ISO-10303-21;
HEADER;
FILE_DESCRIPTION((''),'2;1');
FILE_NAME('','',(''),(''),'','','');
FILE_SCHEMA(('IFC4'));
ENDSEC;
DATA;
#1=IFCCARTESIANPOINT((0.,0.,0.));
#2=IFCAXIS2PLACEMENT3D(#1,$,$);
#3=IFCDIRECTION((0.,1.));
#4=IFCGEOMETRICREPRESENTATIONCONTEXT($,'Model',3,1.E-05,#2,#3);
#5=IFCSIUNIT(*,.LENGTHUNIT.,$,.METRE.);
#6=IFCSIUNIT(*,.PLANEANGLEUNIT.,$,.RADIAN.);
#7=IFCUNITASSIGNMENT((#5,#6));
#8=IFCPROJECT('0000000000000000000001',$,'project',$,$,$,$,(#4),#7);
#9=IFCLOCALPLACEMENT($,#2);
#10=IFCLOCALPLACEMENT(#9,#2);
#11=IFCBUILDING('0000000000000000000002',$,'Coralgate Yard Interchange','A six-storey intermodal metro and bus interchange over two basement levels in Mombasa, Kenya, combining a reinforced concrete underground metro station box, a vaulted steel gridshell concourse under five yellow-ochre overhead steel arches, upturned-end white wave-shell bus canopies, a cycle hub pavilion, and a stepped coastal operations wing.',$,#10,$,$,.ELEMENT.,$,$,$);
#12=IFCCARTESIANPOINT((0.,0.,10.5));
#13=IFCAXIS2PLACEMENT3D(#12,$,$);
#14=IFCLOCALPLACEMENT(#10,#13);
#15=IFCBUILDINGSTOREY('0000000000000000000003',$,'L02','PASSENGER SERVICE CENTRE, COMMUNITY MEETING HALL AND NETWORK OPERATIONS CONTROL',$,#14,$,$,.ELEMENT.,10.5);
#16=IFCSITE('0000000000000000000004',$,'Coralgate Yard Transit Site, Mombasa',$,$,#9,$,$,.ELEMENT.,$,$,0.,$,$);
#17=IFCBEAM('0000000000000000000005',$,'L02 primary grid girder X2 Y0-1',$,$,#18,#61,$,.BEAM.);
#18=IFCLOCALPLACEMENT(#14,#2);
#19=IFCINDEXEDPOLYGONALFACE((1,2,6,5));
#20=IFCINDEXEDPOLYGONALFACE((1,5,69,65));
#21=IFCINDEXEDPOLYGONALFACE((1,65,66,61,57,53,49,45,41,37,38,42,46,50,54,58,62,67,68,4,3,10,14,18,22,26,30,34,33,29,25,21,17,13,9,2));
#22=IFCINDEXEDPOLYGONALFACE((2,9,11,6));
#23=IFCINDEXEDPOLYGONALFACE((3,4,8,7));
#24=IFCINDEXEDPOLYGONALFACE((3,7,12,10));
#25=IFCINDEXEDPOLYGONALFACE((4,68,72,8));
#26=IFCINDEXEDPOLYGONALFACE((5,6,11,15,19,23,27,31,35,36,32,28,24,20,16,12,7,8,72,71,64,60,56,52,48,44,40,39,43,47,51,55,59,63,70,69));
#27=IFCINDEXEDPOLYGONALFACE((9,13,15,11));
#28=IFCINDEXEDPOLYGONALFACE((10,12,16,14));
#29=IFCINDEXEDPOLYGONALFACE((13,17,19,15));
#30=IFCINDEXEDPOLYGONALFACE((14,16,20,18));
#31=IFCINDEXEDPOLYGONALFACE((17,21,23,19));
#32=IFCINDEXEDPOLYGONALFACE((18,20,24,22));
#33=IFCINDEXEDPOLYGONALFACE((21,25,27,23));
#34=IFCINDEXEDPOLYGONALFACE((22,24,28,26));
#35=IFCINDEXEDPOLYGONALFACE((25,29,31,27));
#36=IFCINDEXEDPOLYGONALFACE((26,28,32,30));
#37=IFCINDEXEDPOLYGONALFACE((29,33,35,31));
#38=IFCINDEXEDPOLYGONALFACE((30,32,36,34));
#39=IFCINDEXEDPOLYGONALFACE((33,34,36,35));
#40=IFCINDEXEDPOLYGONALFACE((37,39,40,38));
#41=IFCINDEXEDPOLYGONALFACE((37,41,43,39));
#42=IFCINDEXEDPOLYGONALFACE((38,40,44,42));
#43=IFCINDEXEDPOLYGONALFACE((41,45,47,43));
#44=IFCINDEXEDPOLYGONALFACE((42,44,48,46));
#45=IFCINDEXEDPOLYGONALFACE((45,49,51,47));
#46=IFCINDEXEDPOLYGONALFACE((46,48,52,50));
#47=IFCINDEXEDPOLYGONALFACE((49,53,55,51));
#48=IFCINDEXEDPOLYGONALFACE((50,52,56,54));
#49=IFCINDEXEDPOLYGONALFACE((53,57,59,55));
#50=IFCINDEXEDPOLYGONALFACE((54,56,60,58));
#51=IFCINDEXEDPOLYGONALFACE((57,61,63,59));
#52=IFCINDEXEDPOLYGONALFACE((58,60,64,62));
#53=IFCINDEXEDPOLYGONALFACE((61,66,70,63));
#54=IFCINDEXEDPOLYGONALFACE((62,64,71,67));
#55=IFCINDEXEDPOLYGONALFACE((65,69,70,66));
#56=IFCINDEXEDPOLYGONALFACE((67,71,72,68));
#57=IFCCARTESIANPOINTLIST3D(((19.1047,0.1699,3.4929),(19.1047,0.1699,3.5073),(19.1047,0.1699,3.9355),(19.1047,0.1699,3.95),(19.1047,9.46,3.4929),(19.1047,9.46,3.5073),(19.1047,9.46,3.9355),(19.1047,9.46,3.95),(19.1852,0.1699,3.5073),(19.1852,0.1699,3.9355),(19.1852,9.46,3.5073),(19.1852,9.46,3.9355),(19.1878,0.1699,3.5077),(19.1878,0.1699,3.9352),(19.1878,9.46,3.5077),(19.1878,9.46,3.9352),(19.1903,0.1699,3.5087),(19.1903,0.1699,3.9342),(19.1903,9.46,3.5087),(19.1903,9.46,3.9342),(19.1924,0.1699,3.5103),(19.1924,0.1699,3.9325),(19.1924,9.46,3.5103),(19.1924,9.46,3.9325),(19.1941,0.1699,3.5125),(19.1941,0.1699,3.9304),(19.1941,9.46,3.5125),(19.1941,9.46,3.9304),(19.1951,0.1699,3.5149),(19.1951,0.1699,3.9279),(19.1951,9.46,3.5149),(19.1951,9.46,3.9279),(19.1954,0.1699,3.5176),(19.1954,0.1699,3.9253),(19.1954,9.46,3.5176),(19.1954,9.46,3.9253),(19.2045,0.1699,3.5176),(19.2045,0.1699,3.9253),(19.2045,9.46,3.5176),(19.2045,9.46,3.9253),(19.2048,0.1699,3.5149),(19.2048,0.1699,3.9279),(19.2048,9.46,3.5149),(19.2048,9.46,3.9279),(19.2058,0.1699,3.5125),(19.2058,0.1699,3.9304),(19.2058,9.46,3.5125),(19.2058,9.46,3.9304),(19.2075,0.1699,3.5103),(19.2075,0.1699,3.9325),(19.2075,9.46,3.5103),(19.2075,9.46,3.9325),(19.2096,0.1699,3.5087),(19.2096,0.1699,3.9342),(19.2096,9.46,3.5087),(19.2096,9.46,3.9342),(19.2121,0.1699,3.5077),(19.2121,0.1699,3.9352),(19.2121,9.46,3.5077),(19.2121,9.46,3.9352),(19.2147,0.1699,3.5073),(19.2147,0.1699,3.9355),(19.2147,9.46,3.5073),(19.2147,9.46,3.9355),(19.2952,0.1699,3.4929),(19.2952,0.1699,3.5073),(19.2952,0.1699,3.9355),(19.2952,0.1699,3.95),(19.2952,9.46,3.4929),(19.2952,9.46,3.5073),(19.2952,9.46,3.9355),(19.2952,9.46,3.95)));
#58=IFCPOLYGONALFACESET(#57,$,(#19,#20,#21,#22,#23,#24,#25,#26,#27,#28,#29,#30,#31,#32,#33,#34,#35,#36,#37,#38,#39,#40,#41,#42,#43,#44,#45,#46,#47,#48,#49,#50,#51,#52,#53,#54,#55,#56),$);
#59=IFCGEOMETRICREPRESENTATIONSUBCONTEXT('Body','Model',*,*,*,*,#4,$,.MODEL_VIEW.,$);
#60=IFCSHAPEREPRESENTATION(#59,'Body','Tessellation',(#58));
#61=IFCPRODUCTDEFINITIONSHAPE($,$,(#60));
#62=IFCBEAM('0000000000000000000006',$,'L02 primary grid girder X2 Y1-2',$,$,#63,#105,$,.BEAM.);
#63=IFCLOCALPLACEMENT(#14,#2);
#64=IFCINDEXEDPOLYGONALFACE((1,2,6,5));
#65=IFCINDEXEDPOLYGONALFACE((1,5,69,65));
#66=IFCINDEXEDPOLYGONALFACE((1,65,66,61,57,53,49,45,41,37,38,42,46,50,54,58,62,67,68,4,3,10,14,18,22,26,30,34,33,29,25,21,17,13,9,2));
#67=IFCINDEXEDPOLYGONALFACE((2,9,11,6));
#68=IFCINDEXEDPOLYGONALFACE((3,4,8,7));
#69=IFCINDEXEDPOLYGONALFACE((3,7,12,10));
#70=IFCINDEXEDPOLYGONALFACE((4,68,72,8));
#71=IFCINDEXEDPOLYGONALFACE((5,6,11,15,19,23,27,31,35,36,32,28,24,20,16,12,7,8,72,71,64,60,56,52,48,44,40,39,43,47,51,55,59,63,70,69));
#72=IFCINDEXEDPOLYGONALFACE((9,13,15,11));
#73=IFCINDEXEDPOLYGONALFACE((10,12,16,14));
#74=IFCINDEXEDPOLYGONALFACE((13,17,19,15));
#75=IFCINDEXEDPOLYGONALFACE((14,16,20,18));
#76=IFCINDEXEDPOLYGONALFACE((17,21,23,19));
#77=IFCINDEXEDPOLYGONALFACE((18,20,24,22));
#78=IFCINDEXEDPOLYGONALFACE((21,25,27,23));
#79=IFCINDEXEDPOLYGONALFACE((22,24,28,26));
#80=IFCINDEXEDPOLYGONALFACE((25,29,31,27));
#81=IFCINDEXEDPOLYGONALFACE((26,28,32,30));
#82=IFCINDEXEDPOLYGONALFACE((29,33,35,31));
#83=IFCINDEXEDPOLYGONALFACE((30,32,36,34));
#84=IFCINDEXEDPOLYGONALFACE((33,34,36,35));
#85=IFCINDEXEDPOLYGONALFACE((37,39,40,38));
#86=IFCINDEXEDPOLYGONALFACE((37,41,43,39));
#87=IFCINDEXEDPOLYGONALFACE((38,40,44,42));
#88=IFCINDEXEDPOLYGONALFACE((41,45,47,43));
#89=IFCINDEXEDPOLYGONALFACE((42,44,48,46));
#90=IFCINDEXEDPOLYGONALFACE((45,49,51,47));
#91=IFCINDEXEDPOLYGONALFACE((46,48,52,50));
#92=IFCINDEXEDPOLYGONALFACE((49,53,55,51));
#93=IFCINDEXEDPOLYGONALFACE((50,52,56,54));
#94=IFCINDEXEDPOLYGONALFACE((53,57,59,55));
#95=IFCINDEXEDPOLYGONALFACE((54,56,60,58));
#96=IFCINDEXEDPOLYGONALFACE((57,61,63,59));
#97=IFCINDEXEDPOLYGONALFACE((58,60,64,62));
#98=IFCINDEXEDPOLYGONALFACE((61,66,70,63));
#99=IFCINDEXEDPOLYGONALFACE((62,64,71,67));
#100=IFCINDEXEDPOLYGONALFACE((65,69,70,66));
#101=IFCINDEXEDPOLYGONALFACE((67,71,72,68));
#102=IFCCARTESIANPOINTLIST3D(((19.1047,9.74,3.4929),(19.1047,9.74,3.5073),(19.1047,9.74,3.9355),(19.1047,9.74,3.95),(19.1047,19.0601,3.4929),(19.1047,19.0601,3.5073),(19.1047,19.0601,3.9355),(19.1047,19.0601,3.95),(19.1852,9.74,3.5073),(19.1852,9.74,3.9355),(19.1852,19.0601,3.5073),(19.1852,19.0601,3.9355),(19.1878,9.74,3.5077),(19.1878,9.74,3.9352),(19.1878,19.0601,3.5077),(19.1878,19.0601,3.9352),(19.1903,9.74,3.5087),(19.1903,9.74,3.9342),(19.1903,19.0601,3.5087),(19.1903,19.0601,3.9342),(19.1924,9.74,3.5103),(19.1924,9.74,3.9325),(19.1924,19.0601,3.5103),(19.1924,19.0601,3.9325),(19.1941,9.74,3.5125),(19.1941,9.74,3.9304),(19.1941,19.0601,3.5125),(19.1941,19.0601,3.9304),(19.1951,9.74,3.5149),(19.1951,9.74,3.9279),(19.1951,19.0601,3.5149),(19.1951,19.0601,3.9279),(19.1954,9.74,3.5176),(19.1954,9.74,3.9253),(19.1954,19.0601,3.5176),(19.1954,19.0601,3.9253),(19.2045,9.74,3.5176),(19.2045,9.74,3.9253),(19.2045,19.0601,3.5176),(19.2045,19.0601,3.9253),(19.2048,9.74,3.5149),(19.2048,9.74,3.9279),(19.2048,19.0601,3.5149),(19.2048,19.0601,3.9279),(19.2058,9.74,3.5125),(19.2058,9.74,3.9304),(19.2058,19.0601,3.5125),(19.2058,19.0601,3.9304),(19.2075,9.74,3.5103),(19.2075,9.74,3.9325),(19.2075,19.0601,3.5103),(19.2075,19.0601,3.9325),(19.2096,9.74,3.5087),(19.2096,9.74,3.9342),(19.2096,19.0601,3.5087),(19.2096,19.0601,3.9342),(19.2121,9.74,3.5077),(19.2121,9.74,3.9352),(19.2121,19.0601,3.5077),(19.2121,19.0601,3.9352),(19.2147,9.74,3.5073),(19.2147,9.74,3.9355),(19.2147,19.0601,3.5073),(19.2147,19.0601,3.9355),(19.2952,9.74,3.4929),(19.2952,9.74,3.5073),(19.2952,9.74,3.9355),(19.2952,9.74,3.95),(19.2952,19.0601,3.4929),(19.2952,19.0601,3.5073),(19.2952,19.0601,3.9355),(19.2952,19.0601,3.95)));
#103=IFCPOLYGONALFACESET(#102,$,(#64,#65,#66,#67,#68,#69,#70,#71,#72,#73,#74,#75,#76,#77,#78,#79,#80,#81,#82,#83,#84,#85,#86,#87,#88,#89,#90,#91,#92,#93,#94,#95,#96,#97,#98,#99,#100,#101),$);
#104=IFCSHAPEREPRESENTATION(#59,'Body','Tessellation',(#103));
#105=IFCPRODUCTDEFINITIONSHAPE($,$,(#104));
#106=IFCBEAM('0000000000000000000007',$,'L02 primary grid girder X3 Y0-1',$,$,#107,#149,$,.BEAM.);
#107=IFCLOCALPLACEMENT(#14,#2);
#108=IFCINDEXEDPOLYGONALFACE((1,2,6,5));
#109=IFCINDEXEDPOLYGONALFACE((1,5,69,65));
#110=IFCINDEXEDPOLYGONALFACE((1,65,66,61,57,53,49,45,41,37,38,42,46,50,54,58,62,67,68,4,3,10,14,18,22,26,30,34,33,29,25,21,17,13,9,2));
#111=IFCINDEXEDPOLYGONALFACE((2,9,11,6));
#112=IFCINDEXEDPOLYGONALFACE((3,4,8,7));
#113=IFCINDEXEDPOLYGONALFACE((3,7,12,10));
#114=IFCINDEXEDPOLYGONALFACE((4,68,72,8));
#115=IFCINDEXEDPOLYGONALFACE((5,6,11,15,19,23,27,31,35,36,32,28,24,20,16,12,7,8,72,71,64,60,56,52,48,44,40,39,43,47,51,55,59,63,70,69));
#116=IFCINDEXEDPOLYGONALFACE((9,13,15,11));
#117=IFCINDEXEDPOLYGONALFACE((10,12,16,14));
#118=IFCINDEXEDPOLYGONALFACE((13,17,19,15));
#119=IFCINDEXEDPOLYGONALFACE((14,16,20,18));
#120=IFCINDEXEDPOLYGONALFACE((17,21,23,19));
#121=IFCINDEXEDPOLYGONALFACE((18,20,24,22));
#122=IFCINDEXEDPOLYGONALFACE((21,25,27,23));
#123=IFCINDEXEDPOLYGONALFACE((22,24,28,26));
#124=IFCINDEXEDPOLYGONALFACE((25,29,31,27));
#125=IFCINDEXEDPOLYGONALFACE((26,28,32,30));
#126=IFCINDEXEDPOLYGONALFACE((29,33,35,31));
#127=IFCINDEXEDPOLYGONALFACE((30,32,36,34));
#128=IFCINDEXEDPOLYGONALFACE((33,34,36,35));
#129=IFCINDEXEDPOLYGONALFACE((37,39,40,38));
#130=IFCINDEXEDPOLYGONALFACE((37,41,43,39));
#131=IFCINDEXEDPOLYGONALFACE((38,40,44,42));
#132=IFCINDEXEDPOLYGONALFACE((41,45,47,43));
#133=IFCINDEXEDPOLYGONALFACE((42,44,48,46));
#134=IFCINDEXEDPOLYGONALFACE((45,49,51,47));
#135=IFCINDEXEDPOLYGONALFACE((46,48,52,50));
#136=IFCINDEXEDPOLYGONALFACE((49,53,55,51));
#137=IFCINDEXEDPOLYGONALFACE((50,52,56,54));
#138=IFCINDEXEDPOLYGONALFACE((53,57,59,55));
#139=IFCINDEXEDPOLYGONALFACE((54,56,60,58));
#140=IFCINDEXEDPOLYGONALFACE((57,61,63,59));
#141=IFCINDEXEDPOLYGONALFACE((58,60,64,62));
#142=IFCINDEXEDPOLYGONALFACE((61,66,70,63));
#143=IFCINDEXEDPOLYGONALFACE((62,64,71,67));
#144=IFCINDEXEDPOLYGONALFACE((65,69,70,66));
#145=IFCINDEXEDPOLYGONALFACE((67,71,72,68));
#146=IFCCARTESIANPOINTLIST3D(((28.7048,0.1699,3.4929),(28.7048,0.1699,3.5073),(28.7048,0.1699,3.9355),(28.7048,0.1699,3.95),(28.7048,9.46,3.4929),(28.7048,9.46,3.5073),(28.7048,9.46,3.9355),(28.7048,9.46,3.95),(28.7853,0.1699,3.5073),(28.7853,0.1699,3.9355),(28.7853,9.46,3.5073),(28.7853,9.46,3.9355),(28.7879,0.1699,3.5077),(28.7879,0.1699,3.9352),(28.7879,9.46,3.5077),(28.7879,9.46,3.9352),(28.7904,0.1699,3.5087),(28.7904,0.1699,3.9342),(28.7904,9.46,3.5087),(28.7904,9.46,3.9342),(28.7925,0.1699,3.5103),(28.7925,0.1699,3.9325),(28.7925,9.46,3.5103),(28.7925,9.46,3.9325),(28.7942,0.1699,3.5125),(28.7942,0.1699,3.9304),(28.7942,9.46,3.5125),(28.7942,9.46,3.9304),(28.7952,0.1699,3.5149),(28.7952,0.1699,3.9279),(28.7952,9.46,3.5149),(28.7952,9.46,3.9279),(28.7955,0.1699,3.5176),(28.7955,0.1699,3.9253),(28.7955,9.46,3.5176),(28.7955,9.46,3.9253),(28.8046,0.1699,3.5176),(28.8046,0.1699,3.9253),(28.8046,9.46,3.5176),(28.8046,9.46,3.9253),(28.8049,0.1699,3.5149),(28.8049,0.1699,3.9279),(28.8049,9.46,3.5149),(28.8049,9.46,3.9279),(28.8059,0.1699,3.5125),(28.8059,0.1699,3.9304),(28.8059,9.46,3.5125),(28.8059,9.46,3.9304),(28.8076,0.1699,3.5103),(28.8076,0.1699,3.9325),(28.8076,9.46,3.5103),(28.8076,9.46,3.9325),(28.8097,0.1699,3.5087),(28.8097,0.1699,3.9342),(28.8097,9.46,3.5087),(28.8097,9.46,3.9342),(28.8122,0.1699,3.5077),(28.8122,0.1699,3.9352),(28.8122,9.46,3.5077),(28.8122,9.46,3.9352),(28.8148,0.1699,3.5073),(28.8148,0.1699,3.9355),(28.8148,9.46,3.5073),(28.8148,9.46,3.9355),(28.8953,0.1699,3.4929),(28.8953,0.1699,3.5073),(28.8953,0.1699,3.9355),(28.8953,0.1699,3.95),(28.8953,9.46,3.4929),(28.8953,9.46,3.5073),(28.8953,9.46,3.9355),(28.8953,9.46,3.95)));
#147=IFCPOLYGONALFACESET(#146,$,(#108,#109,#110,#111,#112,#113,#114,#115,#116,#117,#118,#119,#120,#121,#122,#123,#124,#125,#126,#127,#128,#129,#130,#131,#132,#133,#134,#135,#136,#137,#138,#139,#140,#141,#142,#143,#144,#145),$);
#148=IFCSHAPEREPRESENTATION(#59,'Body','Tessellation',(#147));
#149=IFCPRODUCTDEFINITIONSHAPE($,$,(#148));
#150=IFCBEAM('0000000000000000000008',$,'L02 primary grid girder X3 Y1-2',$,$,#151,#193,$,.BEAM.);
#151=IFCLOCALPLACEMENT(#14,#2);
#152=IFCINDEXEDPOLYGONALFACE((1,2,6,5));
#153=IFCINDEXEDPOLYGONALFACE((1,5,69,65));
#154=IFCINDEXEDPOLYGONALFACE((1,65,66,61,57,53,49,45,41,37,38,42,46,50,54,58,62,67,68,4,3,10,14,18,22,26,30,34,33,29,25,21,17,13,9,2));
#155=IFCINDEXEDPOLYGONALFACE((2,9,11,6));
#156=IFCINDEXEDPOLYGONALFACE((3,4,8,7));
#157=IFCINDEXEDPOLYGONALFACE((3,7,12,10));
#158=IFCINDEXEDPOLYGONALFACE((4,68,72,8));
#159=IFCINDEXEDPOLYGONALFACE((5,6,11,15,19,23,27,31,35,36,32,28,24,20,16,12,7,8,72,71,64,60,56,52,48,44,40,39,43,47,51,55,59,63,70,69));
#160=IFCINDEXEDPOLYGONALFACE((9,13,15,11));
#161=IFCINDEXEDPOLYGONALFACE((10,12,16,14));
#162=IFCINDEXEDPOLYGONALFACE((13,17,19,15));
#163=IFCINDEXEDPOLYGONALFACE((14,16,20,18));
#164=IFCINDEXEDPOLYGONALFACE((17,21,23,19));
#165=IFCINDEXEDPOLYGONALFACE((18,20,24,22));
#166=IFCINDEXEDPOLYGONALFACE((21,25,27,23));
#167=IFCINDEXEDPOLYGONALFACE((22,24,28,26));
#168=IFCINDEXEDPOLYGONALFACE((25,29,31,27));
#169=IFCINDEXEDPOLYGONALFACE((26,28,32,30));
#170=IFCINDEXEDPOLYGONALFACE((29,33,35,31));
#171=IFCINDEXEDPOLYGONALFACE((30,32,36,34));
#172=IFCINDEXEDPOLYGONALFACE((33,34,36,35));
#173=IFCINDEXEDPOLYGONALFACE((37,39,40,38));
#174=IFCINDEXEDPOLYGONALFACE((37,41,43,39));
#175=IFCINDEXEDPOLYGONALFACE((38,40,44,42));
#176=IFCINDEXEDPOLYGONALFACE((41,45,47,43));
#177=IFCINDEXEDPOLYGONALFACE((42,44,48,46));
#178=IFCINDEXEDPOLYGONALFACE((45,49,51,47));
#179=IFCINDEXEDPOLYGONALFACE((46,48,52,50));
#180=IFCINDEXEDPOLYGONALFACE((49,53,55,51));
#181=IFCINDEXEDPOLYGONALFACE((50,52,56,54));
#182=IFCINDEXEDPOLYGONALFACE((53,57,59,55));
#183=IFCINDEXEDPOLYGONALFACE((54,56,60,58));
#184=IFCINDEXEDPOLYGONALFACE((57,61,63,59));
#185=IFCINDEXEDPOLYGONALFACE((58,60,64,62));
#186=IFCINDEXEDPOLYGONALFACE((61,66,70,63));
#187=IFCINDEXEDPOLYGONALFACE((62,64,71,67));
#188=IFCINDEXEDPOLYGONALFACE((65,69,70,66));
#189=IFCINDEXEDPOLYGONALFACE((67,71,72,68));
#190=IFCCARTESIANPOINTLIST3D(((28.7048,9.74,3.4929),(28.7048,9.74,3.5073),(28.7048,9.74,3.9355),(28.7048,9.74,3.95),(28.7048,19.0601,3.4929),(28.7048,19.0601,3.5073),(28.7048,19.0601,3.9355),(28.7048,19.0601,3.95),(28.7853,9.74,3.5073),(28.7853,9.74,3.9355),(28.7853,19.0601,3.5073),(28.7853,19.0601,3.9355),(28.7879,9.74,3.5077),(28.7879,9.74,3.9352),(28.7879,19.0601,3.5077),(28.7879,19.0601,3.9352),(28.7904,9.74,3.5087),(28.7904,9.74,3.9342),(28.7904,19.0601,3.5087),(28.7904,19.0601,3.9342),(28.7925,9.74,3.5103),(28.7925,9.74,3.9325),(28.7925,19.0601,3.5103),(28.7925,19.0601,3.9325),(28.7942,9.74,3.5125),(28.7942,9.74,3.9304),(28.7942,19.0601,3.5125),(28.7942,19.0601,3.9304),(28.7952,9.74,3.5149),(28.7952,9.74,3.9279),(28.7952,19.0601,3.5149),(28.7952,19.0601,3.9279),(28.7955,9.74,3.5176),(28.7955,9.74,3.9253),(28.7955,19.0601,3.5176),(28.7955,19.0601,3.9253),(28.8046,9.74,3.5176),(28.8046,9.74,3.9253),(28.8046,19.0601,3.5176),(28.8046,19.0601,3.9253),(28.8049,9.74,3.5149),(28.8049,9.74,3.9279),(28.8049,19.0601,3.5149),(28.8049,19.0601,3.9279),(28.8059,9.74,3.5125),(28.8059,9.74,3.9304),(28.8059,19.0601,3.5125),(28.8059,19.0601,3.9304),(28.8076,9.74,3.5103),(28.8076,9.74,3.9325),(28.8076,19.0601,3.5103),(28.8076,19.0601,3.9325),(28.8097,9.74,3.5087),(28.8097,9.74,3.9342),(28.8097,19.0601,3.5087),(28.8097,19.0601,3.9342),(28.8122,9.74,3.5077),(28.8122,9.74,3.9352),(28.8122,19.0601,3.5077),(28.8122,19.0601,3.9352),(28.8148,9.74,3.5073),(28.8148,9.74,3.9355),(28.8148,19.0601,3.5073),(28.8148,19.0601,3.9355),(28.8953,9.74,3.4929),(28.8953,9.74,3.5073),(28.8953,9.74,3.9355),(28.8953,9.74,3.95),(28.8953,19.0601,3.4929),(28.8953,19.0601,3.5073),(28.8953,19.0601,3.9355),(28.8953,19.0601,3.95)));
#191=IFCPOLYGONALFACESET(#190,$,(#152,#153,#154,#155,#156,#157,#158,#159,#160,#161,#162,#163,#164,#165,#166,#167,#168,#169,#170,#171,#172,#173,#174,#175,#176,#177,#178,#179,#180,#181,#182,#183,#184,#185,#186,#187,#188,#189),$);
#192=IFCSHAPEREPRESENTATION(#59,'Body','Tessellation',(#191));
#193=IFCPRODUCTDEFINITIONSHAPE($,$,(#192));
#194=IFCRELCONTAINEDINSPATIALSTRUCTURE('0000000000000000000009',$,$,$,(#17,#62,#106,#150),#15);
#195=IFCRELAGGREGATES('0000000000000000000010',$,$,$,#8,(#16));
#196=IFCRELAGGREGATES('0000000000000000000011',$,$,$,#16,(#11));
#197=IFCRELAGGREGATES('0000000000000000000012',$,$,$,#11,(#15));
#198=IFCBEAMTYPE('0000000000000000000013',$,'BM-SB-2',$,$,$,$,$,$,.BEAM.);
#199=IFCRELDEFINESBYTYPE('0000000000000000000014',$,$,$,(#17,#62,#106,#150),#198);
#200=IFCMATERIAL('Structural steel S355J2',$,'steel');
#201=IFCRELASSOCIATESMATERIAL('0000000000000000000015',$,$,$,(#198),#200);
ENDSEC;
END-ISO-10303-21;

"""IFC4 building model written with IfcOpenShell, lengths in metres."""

from ifc_helpers import new_model, si_unit, direction, frame, origin, origin_2d, place, context, subcontext, project, spatial, i_section, extrude, material, material_profile, profile_set, type_object, element, save


model = new_model("IFC4")

# Units and contexts
model_context = context("Model", 3, precision=1e-05, world=origin(), true_north=direction((0.0, 1.0)))
body_context = subcontext(model_context, "Body", "Model", "MODEL_VIEW")
ifc_project = project(units=[si_unit("LENGTHUNIT", "METRE"), si_unit("PLANEANGLEUNIT", "RADIAN")], contexts=[model_context])

# Site, building, storey
site_placement = place(None, origin())
site = spatial("IfcSite", under=ifc_project, at=site_placement, Name="Coralgate Yard Transit Site, Mombasa", CompositionType="ELEMENT", RefElevation=0.0)
building_placement = place(site_placement, origin())
building = spatial("IfcBuilding", under=site, at=building_placement, Name="Coralgate Yard Interchange", Description="A six-storey intermodal metro and bus interchange over two basement levels in Mombasa, Kenya, combining a reinforced concrete underground metro station box, a vaulted steel gridshell concourse under five yellow-ochre overhead steel arches, upturned-end white wave-shell bus canopies, a cycle hub pavilion, and a stepped coastal operations wing.", CompositionType="ELEMENT")
storey_placement = place(building_placement, frame((0.0, 0.0, 10.5)))
storey = spatial("IfcBuildingStorey", under=building, at=storey_placement, Name="L02", Description="PASSENGER SERVICE CENTRE, COMMUNITY MEETING HALL AND NETWORK OPERATIONS CONTROL", CompositionType="ELEMENT", Elevation=10.5)

# Shared definitions
ifc_material_1 = material(Name="Structural steel S355J2", Category="steel")

# Beams
ifc_material_profile_1 = material_profile(ifc_material_1, i_section(OverallWidth=0.1904, OverallDepth=0.457, WebThickness=0.009, FlangeThickness=0.0144, FilletRadius=0.0103, at=origin_2d()), Name="UB 457x191x74")
ifc_profile_set_1 = profile_set([ifc_material_profile_1], Name="Structural steel S355J2")
beam_type_1 = type_object("IfcBeamType", Name="BM-SB-2", PredefinedType="BEAM", material=ifc_profile_set_1)
beam_1_placement = place(storey_placement, frame((19.2, 0.1699, 3.7214), z_axis=(0.0, 1.0, 0.0), x_axis=(-1.0, 0.0, 0.0)))
element("IfcBeam", 1, at=beam_1_placement, inside=storey, type_object=beam_type_1, Name="L02 primary grid girder X2 Y0-1", PredefinedType="BEAM", context=body_context, shape_type="SweptSolid", body=[
    extrude(i_section(OverallWidth=0.1904, OverallDepth=0.457, WebThickness=0.009, FlangeThickness=0.0144, FilletRadius=0.0103, at=origin_2d()), origin(), (0.0, 0.0, 1.0), 9.29),
])
beam_2_placement = place(storey_placement, frame((19.2, 9.74, 3.7214), z_axis=(0.0, 1.0, 0.0), x_axis=(-1.0, 0.0, 0.0)))
element("IfcBeam", 2, at=beam_2_placement, inside=storey, type_object=beam_type_1, Name="L02 primary grid girder X2 Y1-2", PredefinedType="BEAM", context=body_context, shape_type="SweptSolid", body=[
    extrude(i_section(OverallWidth=0.1904, OverallDepth=0.457, WebThickness=0.009, FlangeThickness=0.0144, FilletRadius=0.0103, at=origin_2d()), origin(), (0.0, 0.0, 1.0), 9.3201),
])
beam_3_placement = place(storey_placement, frame((28.8, 0.1699, 3.7214), z_axis=(0.0, 1.0, 0.0), x_axis=(-1.0, 0.0, 0.0)))
element("IfcBeam", 3, at=beam_3_placement, inside=storey, type_object=beam_type_1, Name="L02 primary grid girder X3 Y0-1", PredefinedType="BEAM", context=body_context, shape_type="SweptSolid", body=[
    extrude(i_section(OverallWidth=0.1904, OverallDepth=0.457, WebThickness=0.009, FlangeThickness=0.0144, FilletRadius=0.0103, at=origin_2d()), origin(), (0.0, 0.0, 1.0), 9.29),
])
beam_4_placement = place(storey_placement, frame((28.8, 9.74, 3.7214), z_axis=(0.0, 1.0, 0.0), x_axis=(-1.0, 0.0, 0.0)))
element("IfcBeam", 4, at=beam_4_placement, inside=storey, type_object=beam_type_1, Name="L02 primary grid girder X3 Y1-2", PredefinedType="BEAM", context=body_context, shape_type="SweptSolid", body=[
    extrude(i_section(OverallWidth=0.1904, OverallDepth=0.457, WebThickness=0.009, FlangeThickness=0.0144, FilletRadius=0.0103, at=origin_2d()), origin(), (0.0, 0.0, 1.0), 9.3201),
])

save(model, "model.ifc")
